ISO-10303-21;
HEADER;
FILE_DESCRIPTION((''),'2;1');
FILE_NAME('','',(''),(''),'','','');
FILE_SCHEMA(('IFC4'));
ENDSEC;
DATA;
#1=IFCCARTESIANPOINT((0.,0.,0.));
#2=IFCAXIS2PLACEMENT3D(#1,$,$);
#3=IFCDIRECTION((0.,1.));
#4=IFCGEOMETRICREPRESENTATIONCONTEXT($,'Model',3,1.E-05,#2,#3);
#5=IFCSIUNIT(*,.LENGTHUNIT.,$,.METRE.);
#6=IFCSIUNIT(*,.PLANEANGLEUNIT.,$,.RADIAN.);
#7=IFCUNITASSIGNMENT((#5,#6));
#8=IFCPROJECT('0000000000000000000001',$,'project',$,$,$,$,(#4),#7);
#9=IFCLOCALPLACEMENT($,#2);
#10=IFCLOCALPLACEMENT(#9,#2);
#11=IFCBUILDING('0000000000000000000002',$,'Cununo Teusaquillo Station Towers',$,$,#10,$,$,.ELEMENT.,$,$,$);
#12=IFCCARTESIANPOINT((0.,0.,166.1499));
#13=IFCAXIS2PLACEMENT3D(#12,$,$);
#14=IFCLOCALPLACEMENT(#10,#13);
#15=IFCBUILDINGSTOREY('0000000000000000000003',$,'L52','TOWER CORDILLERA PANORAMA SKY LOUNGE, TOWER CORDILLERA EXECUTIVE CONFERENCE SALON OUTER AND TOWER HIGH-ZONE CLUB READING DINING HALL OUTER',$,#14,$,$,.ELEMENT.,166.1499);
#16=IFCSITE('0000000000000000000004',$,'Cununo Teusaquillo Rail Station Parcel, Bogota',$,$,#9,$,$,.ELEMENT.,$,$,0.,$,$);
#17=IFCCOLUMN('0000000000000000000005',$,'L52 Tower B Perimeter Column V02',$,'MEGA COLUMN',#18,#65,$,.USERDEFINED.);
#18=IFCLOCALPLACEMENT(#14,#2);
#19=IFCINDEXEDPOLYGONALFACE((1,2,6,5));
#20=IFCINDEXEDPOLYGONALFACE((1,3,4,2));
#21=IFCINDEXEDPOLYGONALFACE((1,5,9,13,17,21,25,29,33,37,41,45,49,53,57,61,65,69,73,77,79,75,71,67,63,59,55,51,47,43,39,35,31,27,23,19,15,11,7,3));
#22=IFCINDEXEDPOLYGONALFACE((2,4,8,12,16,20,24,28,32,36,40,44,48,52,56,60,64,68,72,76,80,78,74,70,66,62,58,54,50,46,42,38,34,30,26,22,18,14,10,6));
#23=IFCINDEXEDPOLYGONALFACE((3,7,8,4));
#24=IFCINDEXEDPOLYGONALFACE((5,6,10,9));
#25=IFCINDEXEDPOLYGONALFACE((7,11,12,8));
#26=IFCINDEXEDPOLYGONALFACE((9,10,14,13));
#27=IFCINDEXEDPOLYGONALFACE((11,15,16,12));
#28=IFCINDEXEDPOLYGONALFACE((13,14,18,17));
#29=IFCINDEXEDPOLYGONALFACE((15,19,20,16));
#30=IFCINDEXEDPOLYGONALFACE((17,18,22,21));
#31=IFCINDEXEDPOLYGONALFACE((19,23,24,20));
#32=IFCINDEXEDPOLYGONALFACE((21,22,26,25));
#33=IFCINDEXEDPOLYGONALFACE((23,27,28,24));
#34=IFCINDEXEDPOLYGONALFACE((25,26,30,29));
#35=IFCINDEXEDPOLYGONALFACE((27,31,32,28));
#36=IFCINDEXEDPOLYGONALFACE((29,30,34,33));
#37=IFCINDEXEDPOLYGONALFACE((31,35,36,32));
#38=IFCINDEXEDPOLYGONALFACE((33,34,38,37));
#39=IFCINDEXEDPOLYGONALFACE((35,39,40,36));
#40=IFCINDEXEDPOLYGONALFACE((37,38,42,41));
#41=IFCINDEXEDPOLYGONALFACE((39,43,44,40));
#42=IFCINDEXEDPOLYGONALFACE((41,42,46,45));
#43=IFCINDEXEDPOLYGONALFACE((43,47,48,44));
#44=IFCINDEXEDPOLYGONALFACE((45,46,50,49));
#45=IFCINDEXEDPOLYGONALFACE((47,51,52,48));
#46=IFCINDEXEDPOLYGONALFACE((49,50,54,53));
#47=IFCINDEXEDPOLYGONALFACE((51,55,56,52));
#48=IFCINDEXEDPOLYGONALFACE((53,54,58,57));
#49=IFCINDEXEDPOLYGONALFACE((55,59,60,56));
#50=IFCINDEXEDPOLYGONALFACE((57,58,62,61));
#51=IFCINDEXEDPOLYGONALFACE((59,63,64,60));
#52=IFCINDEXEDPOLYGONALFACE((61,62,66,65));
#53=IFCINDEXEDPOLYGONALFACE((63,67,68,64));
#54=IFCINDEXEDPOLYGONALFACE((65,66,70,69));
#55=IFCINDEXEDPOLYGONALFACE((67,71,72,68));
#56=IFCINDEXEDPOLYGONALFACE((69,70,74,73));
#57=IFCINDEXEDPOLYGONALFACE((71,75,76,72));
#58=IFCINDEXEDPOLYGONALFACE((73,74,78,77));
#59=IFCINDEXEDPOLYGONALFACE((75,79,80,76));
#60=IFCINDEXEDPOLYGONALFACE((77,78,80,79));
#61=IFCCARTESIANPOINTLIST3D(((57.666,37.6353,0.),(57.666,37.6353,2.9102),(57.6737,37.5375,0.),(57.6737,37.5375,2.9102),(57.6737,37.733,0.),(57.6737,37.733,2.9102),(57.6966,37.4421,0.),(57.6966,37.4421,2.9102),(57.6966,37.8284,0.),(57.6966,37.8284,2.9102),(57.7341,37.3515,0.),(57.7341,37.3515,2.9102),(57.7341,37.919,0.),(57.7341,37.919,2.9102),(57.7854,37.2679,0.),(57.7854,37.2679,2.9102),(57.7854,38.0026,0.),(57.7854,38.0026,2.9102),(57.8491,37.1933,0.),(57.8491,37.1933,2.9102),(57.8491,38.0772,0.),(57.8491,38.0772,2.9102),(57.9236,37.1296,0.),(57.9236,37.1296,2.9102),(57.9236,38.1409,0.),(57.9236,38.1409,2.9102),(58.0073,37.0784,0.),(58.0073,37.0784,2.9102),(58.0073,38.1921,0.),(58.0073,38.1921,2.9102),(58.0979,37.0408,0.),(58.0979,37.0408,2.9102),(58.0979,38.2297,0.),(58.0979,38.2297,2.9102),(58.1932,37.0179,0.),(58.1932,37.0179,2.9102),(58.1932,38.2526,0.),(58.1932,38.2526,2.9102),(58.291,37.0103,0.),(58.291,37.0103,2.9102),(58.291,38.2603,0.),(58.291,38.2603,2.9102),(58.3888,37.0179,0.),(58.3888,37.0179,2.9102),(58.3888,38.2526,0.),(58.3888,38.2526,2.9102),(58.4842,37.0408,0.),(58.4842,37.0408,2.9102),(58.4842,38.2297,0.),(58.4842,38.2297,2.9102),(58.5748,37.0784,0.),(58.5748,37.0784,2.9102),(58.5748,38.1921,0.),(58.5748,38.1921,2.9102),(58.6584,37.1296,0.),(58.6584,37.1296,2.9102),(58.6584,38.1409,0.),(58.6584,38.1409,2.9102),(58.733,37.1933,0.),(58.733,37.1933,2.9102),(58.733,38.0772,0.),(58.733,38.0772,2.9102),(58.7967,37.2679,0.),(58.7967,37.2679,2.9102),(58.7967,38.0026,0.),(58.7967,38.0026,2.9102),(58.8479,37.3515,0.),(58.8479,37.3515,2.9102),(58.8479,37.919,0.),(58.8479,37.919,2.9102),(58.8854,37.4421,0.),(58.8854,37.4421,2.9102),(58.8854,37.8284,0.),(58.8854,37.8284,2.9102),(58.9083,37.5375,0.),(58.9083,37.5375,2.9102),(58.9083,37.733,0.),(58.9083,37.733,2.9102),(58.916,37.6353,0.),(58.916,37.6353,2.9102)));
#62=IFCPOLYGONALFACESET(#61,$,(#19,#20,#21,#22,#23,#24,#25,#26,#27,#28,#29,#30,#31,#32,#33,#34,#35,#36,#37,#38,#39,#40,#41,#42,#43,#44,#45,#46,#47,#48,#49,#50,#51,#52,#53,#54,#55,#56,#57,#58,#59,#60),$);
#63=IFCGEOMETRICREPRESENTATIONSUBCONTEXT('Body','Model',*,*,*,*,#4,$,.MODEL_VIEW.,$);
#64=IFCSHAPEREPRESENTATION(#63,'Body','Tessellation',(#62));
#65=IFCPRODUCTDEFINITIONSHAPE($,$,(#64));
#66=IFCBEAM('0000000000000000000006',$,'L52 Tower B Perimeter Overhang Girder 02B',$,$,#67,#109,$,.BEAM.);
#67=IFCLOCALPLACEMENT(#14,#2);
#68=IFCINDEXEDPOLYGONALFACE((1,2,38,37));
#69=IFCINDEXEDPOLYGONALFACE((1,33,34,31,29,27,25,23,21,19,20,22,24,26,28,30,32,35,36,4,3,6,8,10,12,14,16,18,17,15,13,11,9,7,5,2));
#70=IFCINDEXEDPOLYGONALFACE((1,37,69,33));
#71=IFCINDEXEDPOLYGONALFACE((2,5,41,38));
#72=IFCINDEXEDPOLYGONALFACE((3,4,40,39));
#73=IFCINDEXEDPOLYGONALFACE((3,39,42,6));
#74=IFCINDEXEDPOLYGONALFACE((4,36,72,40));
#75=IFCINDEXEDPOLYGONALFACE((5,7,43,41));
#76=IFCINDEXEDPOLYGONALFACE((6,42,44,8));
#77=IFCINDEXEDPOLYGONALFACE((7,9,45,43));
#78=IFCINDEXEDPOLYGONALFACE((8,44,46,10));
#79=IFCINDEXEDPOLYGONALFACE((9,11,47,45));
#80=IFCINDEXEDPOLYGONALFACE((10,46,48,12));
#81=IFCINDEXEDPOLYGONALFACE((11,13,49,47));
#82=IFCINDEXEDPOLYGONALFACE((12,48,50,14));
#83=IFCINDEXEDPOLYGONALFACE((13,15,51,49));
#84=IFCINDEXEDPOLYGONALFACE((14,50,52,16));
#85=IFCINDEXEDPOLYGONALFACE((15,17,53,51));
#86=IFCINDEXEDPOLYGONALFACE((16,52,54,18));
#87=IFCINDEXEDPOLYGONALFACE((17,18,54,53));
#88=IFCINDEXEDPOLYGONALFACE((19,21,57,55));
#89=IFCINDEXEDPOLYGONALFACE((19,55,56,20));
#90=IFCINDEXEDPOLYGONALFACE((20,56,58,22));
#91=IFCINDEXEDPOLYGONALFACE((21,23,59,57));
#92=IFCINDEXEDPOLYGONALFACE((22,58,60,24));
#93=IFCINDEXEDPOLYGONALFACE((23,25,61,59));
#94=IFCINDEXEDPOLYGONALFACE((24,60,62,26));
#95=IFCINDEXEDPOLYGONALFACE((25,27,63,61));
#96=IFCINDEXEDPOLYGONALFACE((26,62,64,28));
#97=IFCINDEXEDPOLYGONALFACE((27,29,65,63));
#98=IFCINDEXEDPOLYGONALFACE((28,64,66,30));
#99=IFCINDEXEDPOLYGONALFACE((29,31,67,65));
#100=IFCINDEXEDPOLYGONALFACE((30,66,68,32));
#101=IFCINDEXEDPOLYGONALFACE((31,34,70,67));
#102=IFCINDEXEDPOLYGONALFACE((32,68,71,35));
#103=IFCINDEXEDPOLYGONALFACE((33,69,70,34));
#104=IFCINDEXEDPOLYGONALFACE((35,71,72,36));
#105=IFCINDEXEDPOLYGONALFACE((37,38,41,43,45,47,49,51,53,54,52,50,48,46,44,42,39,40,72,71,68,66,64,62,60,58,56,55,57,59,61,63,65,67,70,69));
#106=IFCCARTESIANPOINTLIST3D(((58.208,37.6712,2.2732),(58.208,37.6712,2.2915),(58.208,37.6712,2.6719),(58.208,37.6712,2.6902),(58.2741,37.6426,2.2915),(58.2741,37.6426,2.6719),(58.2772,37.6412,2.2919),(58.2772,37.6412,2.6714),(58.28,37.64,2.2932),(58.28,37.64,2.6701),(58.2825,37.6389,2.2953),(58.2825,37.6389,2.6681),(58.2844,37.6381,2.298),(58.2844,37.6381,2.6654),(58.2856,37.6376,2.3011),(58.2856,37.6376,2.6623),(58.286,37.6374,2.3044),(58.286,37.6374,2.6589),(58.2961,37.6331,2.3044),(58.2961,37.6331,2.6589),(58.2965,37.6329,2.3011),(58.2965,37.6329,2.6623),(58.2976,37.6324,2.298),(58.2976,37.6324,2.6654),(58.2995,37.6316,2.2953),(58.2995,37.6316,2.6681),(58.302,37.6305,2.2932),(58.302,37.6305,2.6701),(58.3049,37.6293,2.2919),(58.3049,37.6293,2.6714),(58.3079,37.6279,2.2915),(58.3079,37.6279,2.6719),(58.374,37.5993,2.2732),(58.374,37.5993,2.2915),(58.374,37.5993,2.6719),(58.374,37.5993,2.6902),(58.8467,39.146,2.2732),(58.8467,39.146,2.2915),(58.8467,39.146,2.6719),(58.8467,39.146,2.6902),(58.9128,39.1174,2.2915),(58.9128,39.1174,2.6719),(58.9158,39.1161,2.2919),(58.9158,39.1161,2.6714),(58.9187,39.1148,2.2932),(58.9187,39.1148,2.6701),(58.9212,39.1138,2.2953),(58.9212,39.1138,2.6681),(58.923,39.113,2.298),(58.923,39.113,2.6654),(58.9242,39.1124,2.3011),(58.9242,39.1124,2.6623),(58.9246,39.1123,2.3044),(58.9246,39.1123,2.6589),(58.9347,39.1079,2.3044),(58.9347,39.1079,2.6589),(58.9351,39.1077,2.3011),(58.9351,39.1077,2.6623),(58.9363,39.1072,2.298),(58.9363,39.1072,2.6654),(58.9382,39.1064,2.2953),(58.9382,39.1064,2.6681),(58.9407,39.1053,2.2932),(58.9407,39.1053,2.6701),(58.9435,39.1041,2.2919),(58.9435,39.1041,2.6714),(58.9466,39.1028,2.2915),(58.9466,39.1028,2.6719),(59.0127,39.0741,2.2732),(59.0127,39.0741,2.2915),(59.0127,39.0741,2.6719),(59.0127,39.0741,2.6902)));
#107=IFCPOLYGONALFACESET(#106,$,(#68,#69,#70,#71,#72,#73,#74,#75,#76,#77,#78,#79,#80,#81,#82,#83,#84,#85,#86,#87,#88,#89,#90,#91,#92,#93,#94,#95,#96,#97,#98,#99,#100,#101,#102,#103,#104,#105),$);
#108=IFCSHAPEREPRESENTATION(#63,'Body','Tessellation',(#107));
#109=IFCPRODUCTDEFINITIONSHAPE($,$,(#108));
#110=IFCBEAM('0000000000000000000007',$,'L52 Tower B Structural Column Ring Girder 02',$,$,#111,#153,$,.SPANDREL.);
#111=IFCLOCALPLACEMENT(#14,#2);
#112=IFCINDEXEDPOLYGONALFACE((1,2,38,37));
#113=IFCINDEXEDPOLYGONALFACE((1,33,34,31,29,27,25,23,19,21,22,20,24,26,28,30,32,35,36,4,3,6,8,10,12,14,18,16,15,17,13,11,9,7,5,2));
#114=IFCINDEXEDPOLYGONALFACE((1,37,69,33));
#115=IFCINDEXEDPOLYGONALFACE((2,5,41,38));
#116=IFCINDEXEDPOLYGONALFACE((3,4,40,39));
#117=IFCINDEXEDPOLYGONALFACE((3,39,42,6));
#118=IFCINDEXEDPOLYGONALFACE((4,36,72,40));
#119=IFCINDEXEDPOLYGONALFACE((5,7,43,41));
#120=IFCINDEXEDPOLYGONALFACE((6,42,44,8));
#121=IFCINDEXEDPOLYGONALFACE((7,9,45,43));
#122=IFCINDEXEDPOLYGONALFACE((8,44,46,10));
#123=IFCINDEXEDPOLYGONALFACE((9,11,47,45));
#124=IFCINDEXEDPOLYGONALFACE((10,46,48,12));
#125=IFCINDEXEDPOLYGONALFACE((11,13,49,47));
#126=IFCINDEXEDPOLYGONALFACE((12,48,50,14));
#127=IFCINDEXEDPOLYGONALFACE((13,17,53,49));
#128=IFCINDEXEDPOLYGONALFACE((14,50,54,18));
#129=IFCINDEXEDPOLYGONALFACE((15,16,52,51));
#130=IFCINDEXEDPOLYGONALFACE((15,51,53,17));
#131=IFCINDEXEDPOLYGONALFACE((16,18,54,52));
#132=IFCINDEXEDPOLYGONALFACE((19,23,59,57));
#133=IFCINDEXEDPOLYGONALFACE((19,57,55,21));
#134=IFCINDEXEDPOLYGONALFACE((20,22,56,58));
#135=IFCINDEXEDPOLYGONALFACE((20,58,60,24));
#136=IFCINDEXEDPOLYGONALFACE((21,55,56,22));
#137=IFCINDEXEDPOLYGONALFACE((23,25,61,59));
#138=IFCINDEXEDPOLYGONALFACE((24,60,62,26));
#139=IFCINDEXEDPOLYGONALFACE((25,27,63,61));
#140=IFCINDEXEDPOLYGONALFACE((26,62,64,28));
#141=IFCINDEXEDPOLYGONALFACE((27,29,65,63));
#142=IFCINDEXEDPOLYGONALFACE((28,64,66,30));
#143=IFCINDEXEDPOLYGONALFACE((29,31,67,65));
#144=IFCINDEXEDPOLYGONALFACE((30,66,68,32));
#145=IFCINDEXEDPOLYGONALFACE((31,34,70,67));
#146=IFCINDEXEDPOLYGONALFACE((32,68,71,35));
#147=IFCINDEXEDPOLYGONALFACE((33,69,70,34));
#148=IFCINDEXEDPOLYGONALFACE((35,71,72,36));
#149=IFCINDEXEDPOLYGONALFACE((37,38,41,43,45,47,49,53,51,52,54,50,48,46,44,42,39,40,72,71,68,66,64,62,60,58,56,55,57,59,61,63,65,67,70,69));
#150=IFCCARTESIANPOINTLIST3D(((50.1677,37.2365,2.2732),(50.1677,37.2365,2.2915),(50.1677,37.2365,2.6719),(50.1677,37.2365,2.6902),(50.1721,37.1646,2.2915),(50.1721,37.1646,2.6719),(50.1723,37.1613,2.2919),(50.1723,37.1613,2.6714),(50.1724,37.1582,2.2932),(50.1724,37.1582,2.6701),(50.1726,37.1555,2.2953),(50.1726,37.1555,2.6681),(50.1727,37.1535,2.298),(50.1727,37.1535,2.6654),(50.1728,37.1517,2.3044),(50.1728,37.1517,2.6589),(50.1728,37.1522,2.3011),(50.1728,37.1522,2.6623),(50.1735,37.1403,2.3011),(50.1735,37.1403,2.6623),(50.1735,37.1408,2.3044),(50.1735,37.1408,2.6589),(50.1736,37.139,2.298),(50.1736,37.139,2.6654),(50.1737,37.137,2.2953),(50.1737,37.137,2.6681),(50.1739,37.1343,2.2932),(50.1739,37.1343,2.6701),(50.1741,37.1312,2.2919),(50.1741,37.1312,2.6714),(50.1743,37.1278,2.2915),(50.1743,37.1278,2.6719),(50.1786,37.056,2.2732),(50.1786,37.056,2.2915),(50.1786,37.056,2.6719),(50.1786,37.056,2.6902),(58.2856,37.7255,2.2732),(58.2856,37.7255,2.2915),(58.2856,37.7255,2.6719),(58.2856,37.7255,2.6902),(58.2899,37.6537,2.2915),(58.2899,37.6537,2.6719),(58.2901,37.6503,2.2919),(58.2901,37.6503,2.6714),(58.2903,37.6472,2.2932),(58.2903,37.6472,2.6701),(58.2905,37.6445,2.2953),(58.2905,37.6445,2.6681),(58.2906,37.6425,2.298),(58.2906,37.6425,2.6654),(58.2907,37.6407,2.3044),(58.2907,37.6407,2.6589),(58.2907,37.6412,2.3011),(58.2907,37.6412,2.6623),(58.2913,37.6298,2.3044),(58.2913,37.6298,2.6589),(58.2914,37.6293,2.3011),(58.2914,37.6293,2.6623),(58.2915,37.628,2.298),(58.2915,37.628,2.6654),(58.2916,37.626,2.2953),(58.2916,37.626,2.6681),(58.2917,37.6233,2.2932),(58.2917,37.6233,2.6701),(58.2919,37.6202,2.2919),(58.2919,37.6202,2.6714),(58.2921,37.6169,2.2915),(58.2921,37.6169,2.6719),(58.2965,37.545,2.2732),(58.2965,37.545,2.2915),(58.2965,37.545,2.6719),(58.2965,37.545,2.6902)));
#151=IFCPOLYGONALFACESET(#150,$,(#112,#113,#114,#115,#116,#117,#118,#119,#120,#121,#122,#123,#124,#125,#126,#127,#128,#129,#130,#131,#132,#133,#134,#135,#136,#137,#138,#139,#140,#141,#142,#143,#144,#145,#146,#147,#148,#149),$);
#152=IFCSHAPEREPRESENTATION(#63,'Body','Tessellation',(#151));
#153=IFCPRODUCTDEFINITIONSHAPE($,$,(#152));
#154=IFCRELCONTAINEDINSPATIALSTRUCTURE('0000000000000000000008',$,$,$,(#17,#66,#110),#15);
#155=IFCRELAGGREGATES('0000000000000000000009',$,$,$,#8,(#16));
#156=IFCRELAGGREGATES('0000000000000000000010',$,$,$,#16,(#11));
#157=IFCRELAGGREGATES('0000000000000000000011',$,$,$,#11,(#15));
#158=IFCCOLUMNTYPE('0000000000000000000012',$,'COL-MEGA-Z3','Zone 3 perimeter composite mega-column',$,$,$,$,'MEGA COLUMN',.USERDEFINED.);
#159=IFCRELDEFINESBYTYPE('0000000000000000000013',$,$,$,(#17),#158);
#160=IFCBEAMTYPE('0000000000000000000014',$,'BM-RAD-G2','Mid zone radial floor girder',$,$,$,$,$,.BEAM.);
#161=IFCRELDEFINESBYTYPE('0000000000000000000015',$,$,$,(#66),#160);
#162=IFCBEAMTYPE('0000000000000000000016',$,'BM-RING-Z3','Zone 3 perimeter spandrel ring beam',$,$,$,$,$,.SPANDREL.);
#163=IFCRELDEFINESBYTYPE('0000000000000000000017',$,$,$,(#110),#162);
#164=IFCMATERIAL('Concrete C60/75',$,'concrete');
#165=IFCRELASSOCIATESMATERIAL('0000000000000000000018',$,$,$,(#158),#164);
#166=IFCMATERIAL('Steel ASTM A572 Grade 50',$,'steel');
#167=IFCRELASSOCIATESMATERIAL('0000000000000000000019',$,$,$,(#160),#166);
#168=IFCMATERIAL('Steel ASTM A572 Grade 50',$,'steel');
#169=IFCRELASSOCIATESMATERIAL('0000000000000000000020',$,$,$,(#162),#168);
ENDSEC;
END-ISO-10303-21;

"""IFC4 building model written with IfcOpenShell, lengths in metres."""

from ifc_helpers import new_model, si_unit, direction, frame, origin, origin_2d, place, context, subcontext, project, spatial, circle, i_section, extrude, material, material_profile, profile_set, type_object, element, save


model = new_model("IFC4")

# Units and contexts
model_context = context("Model", 3, precision=1e-05, world=origin(), true_north=direction((0.0, 1.0)))
body_context = subcontext(model_context, "Body", "Model", "MODEL_VIEW")
ifc_project = project(units=[si_unit("LENGTHUNIT", "METRE"), si_unit("PLANEANGLEUNIT", "RADIAN")], contexts=[model_context])

# Site, building, storey
site_placement = place(None, origin())
site = spatial("IfcSite", under=ifc_project, at=site_placement, Name="Cununo Teusaquillo Rail Station Parcel, Bogota", CompositionType="ELEMENT", RefElevation=0.0)
building_placement = place(site_placement, origin())
building = spatial("IfcBuilding", under=site, at=building_placement, Name="Cununo Teusaquillo Station Towers", CompositionType="ELEMENT")
storey_placement = place(building_placement, frame((0.0, 0.0, 166.1499)))
storey = spatial("IfcBuildingStorey", under=building, at=storey_placement, Name="L52", Description="TOWER CORDILLERA PANORAMA SKY LOUNGE, TOWER CORDILLERA EXECUTIVE CONFERENCE SALON OUTER AND TOWER HIGH-ZONE CLUB READING DINING HALL OUTER", CompositionType="ELEMENT", Elevation=166.1499)

# Column
ifc_material_1 = material(Name="Concrete C60/75", Category="concrete")
ifc_material_profile_1 = material_profile(ifc_material_1, circle(Radius=0.625, at=origin_2d()), Name="RC-CIRC-1250")
ifc_profile_set_1 = profile_set([ifc_material_profile_1], Name="Concrete C60/75")
column_type = type_object("IfcColumnType", Name="COL-MEGA-Z3", Description="Zone 3 perimeter composite mega-column", ElementType="MEGA COLUMN", PredefinedType="USERDEFINED", material=ifc_profile_set_1)
column_placement = place(storey_placement, frame((58.291, 37.6353, 0.0), z_axis=(0.0, 0.0, 1.0), x_axis=(1.0, 0.0, 0.0)))
element("IfcColumn", 1, at=column_placement, inside=storey, type_object=column_type, Name="L52 Tower B Perimeter Column V02", ObjectType="MEGA COLUMN", PredefinedType="USERDEFINED", context=body_context, shape_type="SweptSolid", body=[
    extrude(circle(Radius=0.625, at=origin_2d()), origin(), (0.0, 0.0, 1.0), 2.9102),
])

# Beams
ifc_material_2 = material(Name="Steel ASTM A572 Grade 50", Category="steel")
ifc_material_profile_2 = material_profile(ifc_material_2, i_section(OverallWidth=0.1809, OverallDepth=0.417, WebThickness=0.011, FlangeThickness=0.0183, FilletRadius=0.0129, at=origin_2d()), Name="W16X57")
ifc_profile_set_2 = profile_set([ifc_material_profile_2], Name="Steel ASTM A572 Grade 50")
beam_type_1 = type_object("IfcBeamType", Name="BM-RAD-G2", Description="Mid zone radial floor girder", PredefinedType="BEAM", material=ifc_profile_set_2)
beam_1_placement = place(storey_placement, frame((58.291, 37.6353, 2.4817), z_axis=(0.397381, 0.917654, 0.0), x_axis=(-0.917654, 0.397381, 0.0)))
element("IfcBeam", 2, at=beam_1_placement, inside=storey, type_object=beam_type_1, Name="L52 Tower B Perimeter Overhang Girder 02B", PredefinedType="BEAM", context=body_context, shape_type="SweptSolid", body=[
    extrude(i_section(OverallWidth=0.1809, OverallDepth=0.417, WebThickness=0.011, FlangeThickness=0.0183, FilletRadius=0.0129, at=origin_2d()), origin(), (0.0, 0.0, 1.0), 1.6072),
])
ifc_material_3 = material(Name="Steel ASTM A572 Grade 50", Category="steel")
ifc_material_profile_3 = material_profile(ifc_material_3, i_section(OverallWidth=0.1809, OverallDepth=0.417, WebThickness=0.011, FlangeThickness=0.0183, FilletRadius=0.0129, at=origin_2d()), Name="W16X57")
ifc_profile_set_3 = profile_set([ifc_material_profile_3], Name="Steel ASTM A572 Grade 50")
beam_type_2 = type_object("IfcBeamType", Name="BM-RING-Z3", Description="Zone 3 perimeter spandrel ring beam", PredefinedType="SPANDREL", material=ifc_profile_set_3)
beam_2_placement = place(storey_placement, frame((58.291, 37.6353, 2.4817), z_axis=(-0.998191, -0.06013, 0.0), x_axis=(0.06013, -0.998191, 0.0)))
element("IfcBeam", 3, at=beam_2_placement, inside=storey, type_object=beam_type_2, Name="L52 Tower B Structural Column Ring Girder 02", PredefinedType="SPANDREL", context=body_context, shape_type="SweptSolid", body=[
    extrude(i_section(OverallWidth=0.1809, OverallDepth=0.417, WebThickness=0.011, FlangeThickness=0.0183, FilletRadius=0.0129, at=origin_2d()), origin(), (0.0, 0.0, 1.0), 8.1326),
])

save(model, "model.ifc")
